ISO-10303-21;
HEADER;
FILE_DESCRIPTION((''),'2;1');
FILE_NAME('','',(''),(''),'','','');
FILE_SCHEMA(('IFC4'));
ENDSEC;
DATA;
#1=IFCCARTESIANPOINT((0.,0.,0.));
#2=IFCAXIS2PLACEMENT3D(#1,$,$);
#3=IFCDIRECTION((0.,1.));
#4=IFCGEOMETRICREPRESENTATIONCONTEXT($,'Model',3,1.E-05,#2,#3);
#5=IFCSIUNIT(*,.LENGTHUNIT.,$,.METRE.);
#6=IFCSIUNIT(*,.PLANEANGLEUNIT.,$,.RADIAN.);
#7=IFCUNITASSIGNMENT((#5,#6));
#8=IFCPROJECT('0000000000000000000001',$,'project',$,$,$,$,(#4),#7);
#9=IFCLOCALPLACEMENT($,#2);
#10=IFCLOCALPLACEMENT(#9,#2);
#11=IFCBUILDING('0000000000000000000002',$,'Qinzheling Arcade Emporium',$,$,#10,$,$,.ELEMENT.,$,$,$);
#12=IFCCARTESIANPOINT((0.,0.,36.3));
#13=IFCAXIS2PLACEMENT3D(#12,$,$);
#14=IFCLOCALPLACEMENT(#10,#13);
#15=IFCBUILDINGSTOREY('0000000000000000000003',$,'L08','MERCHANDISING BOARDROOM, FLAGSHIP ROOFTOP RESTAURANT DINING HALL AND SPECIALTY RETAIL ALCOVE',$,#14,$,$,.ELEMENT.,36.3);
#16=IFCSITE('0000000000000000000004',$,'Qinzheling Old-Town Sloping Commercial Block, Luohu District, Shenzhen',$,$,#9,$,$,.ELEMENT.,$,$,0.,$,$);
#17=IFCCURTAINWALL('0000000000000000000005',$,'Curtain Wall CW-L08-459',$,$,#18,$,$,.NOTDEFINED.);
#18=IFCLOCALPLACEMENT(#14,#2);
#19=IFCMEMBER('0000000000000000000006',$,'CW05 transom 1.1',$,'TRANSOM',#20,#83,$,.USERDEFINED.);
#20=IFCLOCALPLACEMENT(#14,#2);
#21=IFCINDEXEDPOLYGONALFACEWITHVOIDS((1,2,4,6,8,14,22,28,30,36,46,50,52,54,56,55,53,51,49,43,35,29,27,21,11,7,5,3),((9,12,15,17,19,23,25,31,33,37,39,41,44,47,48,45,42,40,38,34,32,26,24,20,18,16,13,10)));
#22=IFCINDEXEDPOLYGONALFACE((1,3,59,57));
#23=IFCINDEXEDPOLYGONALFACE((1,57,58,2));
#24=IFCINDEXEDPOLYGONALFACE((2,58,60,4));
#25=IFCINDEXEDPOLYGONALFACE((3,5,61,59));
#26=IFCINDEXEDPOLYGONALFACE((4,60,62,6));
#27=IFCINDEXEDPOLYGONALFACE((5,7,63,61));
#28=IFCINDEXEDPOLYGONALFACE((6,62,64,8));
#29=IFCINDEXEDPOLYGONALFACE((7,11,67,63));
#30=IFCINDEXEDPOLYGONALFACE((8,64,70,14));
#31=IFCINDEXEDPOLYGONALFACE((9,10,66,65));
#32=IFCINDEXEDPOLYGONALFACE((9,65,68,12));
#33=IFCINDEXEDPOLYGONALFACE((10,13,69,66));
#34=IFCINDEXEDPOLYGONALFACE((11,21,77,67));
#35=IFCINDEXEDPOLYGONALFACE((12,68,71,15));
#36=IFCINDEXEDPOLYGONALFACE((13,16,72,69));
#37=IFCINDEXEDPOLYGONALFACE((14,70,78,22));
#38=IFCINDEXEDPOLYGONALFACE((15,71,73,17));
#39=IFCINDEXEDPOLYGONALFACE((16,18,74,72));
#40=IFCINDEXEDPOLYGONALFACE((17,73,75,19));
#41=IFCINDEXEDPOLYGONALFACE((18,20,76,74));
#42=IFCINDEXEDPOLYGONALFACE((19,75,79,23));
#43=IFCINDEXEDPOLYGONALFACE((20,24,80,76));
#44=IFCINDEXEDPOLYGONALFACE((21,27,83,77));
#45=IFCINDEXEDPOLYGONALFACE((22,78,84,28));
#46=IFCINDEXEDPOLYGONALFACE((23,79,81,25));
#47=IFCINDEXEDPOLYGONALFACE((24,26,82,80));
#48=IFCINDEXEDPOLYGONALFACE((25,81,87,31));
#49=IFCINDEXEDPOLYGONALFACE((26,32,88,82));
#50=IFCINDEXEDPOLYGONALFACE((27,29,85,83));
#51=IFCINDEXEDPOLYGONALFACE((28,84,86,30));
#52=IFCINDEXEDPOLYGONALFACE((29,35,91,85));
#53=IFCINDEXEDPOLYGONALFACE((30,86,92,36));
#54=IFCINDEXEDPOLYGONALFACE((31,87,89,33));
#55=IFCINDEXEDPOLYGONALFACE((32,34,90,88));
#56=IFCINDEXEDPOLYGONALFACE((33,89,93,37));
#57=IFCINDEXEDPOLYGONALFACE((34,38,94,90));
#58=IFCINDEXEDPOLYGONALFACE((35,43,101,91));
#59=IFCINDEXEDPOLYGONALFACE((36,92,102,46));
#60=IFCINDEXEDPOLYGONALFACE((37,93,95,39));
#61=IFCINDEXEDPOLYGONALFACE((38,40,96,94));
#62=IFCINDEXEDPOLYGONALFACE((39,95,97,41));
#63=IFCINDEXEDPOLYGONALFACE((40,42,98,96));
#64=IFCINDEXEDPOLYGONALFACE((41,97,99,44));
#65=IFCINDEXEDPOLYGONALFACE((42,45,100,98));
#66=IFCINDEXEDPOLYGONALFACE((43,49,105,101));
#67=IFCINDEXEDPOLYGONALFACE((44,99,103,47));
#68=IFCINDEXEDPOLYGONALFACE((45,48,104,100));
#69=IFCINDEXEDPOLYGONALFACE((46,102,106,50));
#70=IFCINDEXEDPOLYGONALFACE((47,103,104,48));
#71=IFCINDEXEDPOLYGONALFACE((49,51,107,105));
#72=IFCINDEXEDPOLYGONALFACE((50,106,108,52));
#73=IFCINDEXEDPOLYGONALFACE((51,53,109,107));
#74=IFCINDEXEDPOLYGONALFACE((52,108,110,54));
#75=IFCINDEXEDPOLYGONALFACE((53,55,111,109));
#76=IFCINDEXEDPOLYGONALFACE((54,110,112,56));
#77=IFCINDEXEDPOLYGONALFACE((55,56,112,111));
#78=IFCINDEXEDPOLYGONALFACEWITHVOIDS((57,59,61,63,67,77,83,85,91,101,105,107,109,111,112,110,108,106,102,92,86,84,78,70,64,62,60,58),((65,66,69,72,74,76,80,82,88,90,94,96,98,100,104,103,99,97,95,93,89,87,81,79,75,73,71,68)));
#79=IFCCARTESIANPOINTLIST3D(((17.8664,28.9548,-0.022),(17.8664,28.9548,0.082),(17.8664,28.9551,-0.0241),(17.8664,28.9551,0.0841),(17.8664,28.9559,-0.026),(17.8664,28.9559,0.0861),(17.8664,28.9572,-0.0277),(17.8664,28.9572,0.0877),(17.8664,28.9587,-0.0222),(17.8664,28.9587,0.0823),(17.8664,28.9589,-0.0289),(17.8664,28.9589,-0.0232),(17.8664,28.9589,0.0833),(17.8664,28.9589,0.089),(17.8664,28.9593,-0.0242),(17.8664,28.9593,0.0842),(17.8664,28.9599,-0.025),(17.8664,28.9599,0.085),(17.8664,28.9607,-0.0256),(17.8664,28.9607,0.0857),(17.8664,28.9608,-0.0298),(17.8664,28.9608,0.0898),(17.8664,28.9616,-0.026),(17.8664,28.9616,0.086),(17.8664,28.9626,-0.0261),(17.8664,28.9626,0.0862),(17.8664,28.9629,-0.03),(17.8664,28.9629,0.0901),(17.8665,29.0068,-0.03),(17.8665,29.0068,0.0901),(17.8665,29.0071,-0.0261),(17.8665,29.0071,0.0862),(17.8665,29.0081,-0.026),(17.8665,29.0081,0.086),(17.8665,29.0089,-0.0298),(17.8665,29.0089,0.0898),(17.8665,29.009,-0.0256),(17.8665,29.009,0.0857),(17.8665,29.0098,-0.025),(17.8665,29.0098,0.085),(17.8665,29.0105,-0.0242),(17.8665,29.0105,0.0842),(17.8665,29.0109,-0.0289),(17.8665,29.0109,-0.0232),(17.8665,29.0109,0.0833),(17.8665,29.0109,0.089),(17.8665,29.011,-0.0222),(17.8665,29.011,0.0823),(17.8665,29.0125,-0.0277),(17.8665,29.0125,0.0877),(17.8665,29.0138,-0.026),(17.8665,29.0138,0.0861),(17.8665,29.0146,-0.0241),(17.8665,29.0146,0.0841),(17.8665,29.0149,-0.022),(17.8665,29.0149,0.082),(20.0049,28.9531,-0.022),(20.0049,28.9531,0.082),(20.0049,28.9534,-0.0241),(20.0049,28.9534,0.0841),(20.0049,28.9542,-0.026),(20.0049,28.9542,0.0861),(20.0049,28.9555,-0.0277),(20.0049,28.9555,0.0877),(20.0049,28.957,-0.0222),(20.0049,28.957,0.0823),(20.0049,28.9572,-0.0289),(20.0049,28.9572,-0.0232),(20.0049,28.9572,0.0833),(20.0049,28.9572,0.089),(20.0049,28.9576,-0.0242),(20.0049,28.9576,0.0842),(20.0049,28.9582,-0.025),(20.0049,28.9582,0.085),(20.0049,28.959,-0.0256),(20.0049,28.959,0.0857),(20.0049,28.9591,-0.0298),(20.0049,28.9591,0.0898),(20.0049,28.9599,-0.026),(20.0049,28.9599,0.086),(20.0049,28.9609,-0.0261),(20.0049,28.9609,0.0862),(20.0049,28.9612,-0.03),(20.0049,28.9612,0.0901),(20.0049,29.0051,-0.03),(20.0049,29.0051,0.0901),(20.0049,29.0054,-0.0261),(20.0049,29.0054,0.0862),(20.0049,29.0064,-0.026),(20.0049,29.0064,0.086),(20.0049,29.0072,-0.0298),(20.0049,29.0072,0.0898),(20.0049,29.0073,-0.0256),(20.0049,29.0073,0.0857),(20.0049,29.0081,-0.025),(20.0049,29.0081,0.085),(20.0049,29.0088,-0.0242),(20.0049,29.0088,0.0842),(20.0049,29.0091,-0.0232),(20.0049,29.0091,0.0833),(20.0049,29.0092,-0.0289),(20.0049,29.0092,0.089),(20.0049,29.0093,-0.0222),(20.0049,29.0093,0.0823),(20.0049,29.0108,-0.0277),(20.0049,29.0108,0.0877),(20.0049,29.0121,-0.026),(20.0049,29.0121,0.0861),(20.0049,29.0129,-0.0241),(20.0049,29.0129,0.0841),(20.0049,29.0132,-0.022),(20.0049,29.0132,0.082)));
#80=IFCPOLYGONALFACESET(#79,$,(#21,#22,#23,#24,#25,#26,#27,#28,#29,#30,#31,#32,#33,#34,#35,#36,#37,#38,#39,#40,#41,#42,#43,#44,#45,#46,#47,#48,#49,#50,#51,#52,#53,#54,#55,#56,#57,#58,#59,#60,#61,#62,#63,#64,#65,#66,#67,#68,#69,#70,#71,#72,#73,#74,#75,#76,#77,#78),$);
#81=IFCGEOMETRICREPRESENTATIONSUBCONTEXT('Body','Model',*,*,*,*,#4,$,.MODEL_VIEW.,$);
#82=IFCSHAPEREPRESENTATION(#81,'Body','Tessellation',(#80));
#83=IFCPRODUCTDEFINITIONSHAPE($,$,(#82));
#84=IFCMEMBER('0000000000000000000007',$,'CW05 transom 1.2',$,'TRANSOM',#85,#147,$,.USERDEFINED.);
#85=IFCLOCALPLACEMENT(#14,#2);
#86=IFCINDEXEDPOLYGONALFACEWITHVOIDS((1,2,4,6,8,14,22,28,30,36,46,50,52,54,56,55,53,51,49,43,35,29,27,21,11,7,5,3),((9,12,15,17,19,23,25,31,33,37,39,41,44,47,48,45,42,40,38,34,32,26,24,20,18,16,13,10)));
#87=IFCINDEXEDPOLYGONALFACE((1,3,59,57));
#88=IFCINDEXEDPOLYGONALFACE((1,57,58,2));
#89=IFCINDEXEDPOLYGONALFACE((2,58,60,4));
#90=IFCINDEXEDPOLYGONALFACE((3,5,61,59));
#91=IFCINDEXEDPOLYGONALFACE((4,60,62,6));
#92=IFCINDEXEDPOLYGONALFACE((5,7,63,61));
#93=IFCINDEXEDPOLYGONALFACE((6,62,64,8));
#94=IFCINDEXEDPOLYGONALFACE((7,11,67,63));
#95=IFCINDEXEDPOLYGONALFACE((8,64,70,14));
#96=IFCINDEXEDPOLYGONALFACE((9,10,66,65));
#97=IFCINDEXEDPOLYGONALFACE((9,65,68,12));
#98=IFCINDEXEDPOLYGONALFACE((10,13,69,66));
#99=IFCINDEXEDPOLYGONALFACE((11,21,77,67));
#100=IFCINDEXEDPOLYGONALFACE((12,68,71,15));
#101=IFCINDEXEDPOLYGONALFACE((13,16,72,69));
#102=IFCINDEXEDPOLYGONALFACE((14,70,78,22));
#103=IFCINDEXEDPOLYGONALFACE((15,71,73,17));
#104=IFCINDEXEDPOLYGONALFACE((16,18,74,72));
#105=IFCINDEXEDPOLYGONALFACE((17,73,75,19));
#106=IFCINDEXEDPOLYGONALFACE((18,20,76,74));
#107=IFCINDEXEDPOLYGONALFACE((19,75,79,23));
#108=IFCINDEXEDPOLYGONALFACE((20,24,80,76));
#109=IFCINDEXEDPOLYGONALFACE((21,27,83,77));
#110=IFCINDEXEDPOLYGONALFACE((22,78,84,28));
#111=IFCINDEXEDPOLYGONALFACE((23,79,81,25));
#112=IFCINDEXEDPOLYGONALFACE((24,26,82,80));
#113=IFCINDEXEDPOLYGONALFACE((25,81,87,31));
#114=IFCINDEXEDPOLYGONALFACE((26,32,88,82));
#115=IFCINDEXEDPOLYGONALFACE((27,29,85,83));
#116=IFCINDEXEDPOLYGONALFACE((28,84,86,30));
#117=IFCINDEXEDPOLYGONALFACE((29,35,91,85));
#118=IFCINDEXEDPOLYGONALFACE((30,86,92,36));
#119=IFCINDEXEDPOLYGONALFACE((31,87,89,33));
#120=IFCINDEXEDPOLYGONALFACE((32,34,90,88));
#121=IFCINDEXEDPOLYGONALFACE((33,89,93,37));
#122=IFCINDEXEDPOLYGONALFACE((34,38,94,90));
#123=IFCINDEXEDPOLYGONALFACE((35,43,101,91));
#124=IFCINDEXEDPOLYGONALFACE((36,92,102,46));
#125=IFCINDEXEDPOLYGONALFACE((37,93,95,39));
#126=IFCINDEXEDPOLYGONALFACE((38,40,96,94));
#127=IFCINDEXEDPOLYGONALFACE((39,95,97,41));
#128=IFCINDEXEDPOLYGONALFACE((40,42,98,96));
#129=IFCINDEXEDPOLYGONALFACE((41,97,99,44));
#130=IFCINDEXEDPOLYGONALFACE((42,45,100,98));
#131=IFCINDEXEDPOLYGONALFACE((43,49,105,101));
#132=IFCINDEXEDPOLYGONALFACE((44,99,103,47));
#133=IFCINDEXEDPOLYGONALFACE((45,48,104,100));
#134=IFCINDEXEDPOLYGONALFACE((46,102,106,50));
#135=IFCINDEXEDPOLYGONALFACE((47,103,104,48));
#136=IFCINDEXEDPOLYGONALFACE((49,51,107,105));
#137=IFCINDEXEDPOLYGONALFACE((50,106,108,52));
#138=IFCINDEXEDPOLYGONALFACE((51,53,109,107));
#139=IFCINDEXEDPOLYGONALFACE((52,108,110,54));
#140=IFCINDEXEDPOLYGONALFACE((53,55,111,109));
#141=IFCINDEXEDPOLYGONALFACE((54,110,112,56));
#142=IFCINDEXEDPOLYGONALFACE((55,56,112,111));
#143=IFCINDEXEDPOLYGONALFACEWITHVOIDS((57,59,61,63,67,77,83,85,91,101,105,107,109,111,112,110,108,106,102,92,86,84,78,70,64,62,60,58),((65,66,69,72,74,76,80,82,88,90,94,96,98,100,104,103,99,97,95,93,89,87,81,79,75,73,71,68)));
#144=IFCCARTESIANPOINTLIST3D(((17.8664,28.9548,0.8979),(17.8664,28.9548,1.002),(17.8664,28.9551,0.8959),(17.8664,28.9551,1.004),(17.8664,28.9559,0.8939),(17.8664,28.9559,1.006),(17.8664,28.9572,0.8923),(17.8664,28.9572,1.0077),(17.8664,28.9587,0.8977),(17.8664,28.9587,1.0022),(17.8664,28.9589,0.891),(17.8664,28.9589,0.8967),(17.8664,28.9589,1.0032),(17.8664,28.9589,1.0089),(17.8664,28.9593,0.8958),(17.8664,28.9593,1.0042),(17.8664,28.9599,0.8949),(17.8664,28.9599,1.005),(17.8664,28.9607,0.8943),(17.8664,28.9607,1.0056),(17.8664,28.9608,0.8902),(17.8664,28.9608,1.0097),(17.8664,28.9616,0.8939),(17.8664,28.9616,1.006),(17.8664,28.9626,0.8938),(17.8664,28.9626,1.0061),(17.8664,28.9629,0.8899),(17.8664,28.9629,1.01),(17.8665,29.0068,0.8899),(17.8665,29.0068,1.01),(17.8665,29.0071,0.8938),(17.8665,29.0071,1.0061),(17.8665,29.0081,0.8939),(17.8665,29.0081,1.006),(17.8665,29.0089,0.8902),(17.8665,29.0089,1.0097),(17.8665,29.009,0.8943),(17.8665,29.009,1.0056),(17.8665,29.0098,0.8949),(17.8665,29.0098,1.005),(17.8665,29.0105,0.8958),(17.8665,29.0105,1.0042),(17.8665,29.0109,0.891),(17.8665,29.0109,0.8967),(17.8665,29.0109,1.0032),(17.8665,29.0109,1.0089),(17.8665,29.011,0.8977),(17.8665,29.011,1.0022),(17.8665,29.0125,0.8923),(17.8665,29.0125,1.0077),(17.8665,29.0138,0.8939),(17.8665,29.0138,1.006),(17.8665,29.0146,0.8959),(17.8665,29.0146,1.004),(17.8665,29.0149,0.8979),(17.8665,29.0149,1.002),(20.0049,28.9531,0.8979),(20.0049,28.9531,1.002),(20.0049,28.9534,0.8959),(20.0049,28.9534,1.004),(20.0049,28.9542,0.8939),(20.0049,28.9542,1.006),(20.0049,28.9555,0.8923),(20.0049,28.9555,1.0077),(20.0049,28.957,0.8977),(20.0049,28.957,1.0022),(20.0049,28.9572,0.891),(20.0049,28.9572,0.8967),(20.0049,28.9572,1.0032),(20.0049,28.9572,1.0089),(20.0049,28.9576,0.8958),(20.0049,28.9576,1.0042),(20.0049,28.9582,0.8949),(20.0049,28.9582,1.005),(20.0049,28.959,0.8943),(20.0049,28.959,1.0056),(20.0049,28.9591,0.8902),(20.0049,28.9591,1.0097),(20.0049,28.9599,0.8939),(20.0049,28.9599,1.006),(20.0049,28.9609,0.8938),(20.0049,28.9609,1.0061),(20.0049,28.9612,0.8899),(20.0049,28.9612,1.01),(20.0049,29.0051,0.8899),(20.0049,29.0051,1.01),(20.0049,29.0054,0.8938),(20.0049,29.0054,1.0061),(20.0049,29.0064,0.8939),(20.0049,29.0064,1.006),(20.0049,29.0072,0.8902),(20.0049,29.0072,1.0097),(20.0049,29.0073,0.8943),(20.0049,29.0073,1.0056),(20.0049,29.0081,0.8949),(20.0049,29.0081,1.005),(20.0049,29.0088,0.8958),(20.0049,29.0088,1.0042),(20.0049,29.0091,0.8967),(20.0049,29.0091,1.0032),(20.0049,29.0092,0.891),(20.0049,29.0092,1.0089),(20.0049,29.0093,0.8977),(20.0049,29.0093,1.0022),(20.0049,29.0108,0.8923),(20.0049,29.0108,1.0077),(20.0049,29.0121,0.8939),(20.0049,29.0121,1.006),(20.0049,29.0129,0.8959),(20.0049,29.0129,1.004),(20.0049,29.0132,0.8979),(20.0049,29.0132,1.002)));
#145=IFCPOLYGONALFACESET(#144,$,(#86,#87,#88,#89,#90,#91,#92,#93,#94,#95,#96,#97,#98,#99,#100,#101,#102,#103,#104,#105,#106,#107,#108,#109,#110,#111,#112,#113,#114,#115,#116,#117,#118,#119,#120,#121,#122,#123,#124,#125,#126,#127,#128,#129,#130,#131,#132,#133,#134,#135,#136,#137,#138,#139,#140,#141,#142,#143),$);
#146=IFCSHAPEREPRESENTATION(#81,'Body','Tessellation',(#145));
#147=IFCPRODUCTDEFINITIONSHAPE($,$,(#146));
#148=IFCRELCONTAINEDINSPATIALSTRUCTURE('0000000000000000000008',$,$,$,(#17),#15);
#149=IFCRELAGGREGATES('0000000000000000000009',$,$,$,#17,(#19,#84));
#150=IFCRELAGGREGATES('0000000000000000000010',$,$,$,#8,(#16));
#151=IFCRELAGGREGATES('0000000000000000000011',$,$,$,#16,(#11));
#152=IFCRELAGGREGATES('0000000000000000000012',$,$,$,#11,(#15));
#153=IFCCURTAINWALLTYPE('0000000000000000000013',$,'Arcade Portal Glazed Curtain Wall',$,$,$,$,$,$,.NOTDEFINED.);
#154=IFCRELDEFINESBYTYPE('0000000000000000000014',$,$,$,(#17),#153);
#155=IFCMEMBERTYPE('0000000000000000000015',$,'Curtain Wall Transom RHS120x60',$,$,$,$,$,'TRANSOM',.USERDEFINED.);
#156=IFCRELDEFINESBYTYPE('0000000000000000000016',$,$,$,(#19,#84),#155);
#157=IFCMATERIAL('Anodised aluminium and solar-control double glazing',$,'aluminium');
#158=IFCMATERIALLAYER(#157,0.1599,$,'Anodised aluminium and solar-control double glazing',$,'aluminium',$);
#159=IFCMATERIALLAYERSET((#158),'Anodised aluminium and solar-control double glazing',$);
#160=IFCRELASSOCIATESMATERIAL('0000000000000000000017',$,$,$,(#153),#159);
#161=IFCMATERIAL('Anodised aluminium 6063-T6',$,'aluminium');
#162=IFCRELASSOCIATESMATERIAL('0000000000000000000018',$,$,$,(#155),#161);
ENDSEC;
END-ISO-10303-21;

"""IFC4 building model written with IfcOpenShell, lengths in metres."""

from ifc_helpers import new_model, si_unit, direction, frame, origin, origin_2d, place, context, subcontext, project, spatial, hollow_rectangle, extrude, material, layer, layer_set, material_profile, profile_set, type_object, element, aggregate, save


model = new_model("IFC4")

# Units and contexts
model_context = context("Model", 3, precision=1e-05, world=origin(), true_north=direction((0.0, 1.0)))
body_context = subcontext(model_context, "Body", "Model", "MODEL_VIEW")
ifc_project = project(units=[si_unit("LENGTHUNIT", "METRE"), si_unit("PLANEANGLEUNIT", "RADIAN")], contexts=[model_context])

# Site, building, storey
site_placement = place(None, origin())
site = spatial("IfcSite", under=ifc_project, at=site_placement, Name="Qinzheling Old-Town Sloping Commercial Block, Luohu District, Shenzhen", CompositionType="ELEMENT", RefElevation=0.0)
building_placement = place(site_placement, origin())
building = spatial("IfcBuilding", under=site, at=building_placement, Name="Qinzheling Arcade Emporium", CompositionType="ELEMENT")
storey_placement = place(building_placement, frame((0.0, 0.0, 36.3)))
storey = spatial("IfcBuildingStorey", under=building, at=storey_placement, Name="L08", Description="MERCHANDISING BOARDROOM, FLAGSHIP ROOFTOP RESTAURANT DINING HALL AND SPECIALTY RETAIL ALCOVE", CompositionType="ELEMENT", Elevation=36.3)

# Shared definitions
ifc_material_1 = material(Name="Anodised aluminium and solar-control double glazing", Category="aluminium")
ifc_material_2 = material(Name="Anodised aluminium 6063-T6", Category="aluminium")

# Curtain wall
ifc_layer_1 = layer(ifc_material_1, 0.1599, Name="Anodised aluminium and solar-control double glazing", Category="aluminium")
ifc_layer_set_1 = layer_set([ifc_layer_1], Name="Anodised aluminium and solar-control double glazing")
curtain_wall_type_1 = type_object("IfcCurtainWallType", Name="Arcade Portal Glazed Curtain Wall", PredefinedType="NOTDEFINED", material=ifc_layer_set_1)
curtain_wall_1_placement = place(storey_placement, origin())
curtain_wall_1 = element("IfcCurtainWall", 1, at=curtain_wall_1_placement, inside=storey, type_object=curtain_wall_type_1, Name="Curtain Wall CW-L08-459", PredefinedType="NOTDEFINED")

# Members
ifc_material_profile_1 = material_profile(ifc_material_2, hollow_rectangle(XDim=0.0601, YDim=0.1201, WallThickness=0.0039, InnerFilletRadius=0.0039, OuterFilletRadius=0.0081, at=origin_2d()), Name="RHS 120x60x4", Category="aluminium")
ifc_profile_set_1 = profile_set([ifc_material_profile_1], Name="Anodised aluminium 6063-T6")
member_type_1 = type_object("IfcMemberType", Name="Curtain Wall Transom RHS120x60", ElementType="TRANSOM", PredefinedType="USERDEFINED", material=ifc_profile_set_1)
member_1_placement = place(storey_placement, frame((20.0049, 28.9832, 0.03), z_axis=(-1.0, 0.000799, 0.0), x_axis=(-0.000799, -1.0, 0.0)))
member_1 = element("IfcMember", 2, at=member_1_placement, type_object=member_type_1, Name="CW05 transom 1.1", ObjectType="TRANSOM", PredefinedType="USERDEFINED", context=body_context, shape_type="SweptSolid", body=[
    extrude(hollow_rectangle(XDim=0.0601, YDim=0.1201, WallThickness=0.0039, InnerFilletRadius=0.0039, OuterFilletRadius=0.0081, at=origin_2d()), origin(), (0.0, 0.0, 1.0), 2.1384),
])
member_2_placement = place(storey_placement, frame((20.0049, 28.9832, 0.95), z_axis=(-1.0, 0.000799, 0.0), x_axis=(-0.000799, -1.0, 0.0)))
member_2 = element("IfcMember", 3, at=member_2_placement, type_object=member_type_1, Name="CW05 transom 1.2", ObjectType="TRANSOM", PredefinedType="USERDEFINED", context=body_context, shape_type="SweptSolid", body=[
    extrude(hollow_rectangle(XDim=0.0601, YDim=0.1201, WallThickness=0.0039, InnerFilletRadius=0.0039, OuterFilletRadius=0.0081, at=origin_2d()), origin(), (0.0, 0.0, 1.0), 2.1384),
])

aggregate(curtain_wall_1, [member_1, member_2])

save(model, "model.ifc")
